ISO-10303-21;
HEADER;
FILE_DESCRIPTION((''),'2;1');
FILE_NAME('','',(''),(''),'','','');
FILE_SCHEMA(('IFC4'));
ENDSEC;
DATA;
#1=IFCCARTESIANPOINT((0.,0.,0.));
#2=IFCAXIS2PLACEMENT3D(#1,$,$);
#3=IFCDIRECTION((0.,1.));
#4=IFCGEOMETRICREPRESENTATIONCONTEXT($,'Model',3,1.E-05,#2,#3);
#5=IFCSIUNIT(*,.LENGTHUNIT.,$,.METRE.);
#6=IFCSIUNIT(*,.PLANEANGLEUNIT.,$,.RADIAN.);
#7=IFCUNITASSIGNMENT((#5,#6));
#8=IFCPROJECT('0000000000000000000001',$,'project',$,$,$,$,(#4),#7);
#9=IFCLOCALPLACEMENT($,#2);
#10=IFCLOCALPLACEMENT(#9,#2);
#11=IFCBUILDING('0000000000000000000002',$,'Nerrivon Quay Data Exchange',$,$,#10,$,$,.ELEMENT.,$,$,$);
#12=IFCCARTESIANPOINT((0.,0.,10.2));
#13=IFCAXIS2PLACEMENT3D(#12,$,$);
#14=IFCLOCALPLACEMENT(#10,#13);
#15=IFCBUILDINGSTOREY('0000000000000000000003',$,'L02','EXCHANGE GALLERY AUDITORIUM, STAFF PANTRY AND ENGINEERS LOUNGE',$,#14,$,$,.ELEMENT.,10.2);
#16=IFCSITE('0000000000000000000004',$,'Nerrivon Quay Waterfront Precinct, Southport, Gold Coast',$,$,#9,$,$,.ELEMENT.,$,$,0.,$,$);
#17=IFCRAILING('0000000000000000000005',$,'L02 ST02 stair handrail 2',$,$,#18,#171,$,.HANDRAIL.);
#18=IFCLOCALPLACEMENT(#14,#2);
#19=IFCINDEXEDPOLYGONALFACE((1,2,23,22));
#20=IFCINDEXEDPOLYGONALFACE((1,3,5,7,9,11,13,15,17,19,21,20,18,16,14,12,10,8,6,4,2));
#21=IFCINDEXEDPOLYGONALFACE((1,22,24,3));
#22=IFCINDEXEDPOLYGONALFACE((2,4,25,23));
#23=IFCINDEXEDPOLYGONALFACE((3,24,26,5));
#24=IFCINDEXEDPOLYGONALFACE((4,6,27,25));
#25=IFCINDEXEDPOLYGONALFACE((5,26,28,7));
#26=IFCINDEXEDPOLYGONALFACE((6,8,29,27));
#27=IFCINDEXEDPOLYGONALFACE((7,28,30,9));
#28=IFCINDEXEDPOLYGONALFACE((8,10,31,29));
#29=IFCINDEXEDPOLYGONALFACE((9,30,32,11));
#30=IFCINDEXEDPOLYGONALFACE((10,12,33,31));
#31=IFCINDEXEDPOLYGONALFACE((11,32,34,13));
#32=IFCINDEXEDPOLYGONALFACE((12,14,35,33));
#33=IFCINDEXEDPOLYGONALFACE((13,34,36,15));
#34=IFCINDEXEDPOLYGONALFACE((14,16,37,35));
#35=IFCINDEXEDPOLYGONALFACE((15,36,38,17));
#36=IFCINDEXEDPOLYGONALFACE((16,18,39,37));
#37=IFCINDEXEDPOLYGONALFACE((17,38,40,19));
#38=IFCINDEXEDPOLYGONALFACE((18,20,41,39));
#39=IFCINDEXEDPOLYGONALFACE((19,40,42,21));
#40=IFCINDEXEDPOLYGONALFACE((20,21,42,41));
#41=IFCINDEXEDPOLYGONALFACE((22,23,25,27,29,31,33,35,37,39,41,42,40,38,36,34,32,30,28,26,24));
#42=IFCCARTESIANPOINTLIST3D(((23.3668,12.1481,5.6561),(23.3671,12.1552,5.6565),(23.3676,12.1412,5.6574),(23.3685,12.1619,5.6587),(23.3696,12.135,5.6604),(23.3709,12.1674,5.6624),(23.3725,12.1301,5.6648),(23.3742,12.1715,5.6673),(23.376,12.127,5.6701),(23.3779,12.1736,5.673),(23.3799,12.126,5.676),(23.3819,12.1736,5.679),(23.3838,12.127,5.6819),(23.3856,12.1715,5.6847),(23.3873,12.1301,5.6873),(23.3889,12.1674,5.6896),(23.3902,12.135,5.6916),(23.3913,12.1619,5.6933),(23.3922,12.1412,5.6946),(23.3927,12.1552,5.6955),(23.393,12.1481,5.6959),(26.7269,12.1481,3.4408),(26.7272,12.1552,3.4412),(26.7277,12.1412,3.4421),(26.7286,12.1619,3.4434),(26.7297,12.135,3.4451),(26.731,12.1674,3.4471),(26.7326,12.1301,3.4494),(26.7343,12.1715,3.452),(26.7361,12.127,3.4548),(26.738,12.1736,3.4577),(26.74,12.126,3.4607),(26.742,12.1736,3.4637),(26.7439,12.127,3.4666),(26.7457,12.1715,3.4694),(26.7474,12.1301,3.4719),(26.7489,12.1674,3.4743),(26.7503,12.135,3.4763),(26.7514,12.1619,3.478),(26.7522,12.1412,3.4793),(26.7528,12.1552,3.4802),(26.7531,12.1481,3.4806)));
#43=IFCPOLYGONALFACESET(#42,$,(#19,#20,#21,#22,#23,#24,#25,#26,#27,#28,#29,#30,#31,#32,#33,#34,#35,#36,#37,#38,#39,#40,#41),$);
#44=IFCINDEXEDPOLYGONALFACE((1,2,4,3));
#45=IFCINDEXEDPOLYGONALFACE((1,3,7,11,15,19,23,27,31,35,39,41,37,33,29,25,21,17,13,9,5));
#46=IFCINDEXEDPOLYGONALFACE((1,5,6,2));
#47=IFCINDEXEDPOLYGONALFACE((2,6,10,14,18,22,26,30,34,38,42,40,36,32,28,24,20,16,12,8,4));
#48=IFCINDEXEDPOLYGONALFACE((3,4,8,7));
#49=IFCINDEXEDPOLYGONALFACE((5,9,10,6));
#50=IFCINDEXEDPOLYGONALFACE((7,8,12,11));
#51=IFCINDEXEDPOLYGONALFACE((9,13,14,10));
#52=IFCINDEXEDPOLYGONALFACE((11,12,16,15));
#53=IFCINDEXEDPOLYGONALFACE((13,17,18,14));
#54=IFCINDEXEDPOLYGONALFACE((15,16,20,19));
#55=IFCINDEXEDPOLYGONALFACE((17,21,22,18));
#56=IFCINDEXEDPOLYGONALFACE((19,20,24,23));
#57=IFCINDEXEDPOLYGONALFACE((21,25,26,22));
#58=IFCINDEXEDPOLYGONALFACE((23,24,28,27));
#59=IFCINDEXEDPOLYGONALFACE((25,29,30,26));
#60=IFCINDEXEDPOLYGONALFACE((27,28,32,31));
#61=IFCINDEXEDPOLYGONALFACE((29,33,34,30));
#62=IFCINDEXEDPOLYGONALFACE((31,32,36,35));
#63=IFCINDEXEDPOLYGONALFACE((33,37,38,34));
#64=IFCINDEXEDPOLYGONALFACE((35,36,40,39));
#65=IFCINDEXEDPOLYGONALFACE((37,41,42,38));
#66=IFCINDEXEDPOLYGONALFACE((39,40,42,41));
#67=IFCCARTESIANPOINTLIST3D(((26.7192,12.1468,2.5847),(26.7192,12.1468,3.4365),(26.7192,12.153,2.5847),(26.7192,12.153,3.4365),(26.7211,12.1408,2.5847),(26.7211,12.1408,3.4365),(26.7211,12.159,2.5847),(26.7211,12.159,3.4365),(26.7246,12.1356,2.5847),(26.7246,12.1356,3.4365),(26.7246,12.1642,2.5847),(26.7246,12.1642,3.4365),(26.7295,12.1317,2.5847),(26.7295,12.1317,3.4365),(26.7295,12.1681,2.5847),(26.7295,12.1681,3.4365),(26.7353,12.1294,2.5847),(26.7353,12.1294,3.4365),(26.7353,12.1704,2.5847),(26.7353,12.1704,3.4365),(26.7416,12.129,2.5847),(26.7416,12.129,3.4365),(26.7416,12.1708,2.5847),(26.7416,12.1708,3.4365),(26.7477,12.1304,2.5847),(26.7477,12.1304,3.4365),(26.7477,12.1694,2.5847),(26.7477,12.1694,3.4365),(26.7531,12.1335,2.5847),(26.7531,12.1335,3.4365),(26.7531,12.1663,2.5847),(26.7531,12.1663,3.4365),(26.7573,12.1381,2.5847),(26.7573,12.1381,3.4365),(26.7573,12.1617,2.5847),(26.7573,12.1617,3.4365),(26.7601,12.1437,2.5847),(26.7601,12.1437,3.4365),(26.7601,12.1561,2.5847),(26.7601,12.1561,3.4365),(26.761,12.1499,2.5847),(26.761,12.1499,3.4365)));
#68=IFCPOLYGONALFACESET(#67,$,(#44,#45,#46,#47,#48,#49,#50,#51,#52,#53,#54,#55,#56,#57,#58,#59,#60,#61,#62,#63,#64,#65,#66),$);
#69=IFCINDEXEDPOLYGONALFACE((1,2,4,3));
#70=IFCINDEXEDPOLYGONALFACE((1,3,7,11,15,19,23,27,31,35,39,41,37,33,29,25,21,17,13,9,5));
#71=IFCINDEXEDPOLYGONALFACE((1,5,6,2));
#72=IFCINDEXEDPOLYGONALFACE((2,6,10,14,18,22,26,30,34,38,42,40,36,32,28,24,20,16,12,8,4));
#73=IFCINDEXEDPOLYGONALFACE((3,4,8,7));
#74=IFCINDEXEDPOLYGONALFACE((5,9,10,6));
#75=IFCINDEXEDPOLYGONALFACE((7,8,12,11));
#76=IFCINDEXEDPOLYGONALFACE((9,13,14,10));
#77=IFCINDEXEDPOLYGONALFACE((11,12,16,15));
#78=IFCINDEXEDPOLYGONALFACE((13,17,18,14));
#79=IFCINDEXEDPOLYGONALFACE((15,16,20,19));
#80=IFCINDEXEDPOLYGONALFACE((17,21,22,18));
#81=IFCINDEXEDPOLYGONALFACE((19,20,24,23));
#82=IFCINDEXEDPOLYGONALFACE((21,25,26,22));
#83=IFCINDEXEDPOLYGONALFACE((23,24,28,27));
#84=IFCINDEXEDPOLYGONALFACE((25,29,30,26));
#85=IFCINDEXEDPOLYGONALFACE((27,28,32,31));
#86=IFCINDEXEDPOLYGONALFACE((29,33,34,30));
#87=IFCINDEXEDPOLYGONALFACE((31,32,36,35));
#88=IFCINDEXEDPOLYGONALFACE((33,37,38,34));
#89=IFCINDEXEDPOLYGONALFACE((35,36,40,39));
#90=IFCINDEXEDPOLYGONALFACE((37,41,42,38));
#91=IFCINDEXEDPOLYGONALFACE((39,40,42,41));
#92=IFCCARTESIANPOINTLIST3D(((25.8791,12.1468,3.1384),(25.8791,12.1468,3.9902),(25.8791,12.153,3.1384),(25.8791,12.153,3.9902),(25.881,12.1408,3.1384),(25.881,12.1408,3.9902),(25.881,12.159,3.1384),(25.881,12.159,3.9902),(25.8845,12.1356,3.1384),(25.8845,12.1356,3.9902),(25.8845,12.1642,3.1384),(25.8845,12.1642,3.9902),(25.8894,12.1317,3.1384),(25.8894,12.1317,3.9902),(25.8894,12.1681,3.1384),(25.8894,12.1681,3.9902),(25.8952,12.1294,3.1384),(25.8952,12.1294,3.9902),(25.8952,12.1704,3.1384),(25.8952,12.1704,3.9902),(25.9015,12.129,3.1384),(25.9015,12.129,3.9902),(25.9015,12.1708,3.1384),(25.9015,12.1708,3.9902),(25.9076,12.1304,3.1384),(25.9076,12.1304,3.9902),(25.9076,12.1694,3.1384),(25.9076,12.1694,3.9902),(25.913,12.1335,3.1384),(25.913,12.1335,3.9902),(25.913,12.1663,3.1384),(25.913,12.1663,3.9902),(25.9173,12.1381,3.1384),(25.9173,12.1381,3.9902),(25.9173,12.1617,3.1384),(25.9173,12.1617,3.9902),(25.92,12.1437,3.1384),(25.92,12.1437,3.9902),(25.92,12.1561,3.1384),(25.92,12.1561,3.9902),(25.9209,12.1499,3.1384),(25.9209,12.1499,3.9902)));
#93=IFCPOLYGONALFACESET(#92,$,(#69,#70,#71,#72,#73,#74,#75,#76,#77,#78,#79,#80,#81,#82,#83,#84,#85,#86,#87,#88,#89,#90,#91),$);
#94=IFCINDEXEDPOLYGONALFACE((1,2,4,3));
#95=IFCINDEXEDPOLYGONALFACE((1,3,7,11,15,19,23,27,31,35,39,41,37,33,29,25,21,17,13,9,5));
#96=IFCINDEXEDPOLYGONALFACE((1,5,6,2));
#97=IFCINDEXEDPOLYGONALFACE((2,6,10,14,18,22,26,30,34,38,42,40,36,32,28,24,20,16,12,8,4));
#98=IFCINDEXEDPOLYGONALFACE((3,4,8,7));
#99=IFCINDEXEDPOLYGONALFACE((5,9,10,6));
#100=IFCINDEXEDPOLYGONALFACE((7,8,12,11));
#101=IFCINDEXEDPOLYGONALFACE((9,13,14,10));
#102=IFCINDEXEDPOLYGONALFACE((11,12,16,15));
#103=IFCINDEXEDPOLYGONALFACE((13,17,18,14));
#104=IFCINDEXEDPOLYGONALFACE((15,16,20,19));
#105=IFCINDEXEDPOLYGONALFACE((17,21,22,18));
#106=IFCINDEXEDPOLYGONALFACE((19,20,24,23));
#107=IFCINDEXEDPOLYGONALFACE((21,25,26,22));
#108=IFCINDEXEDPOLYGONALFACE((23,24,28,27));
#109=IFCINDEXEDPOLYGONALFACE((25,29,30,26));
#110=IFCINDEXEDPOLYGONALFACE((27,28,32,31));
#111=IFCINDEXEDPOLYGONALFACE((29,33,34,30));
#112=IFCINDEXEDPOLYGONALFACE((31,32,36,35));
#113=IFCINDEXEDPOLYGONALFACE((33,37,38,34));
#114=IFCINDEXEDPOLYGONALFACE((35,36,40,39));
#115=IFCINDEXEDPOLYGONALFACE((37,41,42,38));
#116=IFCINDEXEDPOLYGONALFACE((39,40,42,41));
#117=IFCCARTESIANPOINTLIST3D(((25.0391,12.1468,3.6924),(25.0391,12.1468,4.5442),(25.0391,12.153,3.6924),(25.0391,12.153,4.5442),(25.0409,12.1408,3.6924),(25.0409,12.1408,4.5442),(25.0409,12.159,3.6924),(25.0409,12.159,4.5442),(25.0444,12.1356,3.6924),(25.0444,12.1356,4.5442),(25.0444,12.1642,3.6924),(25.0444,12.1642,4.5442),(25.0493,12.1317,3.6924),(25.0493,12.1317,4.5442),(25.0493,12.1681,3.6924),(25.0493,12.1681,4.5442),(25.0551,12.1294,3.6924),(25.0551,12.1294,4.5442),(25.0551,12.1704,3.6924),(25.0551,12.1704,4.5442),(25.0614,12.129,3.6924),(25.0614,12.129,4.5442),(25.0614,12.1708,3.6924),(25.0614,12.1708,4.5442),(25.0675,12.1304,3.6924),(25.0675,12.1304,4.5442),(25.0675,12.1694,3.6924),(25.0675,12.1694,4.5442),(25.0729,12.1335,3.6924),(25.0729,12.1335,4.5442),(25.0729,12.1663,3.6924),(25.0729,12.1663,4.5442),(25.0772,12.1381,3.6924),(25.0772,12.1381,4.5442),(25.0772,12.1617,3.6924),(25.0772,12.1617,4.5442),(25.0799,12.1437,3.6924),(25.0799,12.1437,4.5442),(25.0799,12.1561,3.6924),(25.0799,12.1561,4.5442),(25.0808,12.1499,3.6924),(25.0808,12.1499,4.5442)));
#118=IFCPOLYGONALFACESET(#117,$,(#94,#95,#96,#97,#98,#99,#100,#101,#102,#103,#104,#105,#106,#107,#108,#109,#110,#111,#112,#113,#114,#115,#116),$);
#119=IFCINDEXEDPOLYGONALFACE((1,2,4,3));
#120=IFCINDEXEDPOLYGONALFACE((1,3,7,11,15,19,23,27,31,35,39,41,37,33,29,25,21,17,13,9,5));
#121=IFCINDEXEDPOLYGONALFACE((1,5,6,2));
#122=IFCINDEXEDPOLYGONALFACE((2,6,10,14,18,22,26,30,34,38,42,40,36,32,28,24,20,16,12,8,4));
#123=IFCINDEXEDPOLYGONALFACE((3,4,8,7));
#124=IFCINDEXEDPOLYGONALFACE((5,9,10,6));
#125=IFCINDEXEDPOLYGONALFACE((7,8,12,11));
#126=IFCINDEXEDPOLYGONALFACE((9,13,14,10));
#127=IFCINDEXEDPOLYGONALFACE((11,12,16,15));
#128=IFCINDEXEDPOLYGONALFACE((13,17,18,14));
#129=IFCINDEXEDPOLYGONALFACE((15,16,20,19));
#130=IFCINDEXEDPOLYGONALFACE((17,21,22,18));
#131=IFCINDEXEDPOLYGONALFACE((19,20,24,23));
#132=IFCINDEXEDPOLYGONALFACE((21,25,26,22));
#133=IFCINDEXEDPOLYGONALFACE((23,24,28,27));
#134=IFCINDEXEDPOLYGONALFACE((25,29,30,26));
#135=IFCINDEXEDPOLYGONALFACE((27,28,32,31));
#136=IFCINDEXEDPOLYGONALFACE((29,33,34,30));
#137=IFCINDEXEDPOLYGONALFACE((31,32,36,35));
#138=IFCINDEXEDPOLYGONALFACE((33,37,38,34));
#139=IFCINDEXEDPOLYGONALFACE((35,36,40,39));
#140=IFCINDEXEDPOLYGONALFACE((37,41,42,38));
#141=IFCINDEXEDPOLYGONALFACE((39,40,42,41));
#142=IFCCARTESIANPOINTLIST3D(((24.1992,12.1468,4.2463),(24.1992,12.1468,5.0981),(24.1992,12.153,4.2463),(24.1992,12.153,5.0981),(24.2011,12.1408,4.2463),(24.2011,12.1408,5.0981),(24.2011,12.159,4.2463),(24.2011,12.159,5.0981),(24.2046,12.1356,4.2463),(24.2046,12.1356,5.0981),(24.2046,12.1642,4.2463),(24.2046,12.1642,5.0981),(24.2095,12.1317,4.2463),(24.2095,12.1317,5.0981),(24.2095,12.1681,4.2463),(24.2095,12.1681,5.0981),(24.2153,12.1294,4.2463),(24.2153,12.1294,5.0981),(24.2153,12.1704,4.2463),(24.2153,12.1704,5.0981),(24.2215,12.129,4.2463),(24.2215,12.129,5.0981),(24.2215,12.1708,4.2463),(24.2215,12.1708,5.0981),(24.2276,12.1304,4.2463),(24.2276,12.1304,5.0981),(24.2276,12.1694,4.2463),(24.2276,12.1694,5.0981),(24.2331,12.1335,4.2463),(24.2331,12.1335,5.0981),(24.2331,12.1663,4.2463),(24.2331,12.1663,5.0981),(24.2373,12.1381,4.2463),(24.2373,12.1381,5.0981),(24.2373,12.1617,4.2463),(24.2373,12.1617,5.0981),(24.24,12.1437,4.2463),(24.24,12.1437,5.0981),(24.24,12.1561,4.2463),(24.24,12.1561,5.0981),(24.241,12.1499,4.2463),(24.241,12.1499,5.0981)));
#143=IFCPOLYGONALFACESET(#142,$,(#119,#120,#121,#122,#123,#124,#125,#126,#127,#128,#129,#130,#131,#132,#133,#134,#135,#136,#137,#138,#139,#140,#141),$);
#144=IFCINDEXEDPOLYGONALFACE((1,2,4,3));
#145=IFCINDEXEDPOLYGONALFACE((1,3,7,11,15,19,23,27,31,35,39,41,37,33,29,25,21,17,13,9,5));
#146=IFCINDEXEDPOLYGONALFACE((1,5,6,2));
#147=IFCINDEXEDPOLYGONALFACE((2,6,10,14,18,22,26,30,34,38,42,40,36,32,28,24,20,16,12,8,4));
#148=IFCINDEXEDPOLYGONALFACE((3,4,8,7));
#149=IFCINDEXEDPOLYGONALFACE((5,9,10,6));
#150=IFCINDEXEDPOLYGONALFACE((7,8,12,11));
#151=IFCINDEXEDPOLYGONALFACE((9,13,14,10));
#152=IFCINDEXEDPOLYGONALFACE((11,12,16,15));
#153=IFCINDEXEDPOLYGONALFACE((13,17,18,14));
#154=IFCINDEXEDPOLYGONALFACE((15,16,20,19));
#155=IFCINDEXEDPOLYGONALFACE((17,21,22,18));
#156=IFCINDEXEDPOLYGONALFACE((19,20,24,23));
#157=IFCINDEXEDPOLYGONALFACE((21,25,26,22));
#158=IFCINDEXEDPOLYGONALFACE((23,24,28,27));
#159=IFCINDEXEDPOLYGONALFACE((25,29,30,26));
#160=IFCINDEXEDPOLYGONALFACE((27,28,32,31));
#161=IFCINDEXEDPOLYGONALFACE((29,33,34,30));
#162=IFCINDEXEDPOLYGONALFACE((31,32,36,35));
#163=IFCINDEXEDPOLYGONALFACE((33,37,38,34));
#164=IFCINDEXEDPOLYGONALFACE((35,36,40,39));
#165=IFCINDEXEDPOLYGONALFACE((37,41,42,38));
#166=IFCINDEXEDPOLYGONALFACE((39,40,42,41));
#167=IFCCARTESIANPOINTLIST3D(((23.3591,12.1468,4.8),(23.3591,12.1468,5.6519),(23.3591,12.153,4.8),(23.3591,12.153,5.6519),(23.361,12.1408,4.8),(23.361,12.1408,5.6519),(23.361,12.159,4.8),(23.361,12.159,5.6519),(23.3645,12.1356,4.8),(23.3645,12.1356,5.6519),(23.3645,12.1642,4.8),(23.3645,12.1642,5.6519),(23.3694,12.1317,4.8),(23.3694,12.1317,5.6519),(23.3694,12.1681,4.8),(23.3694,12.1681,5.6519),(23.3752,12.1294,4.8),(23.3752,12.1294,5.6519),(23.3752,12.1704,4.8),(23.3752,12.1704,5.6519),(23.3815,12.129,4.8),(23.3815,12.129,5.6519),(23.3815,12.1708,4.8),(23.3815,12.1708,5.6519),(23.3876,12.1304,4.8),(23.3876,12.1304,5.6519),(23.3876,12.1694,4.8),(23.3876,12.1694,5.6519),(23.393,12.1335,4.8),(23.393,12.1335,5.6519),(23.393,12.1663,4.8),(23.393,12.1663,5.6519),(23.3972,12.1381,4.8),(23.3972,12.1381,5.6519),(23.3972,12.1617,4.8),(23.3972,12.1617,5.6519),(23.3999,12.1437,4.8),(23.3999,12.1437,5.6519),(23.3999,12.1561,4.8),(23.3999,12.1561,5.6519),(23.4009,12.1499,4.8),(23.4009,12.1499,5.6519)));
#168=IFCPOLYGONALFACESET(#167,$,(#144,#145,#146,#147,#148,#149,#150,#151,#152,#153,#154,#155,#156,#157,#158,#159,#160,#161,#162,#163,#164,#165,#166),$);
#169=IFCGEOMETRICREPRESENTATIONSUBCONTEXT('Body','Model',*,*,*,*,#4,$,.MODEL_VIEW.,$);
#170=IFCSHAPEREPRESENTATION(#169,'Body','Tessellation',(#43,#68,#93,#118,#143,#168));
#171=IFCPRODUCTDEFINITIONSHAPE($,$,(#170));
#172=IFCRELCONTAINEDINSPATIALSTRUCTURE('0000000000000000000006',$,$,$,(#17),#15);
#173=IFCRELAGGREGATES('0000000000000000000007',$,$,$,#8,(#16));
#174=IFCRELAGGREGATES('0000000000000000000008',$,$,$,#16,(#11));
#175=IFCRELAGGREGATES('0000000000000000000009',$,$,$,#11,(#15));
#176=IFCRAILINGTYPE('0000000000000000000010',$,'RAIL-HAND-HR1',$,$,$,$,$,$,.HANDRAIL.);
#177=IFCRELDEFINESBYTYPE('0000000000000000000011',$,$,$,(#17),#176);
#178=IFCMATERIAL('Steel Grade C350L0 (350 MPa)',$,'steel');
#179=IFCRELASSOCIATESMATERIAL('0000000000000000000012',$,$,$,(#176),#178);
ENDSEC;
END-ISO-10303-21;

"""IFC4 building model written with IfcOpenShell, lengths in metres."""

from ifc_helpers import new_model, si_unit, direction, frame, origin, origin_2d, place, context, subcontext, project, spatial, circle, extrude, material, type_object, element, save


model = new_model("IFC4")

# Units and contexts
model_context = context("Model", 3, precision=1e-05, world=origin(), true_north=direction((0.0, 1.0)))
body_context = subcontext(model_context, "Body", "Model", "MODEL_VIEW")
ifc_project = project(units=[si_unit("LENGTHUNIT", "METRE"), si_unit("PLANEANGLEUNIT", "RADIAN")], contexts=[model_context])

# Site, building, storey
site_placement = place(None, origin())
site = spatial("IfcSite", under=ifc_project, at=site_placement, Name="Nerrivon Quay Waterfront Precinct, Southport, Gold Coast", CompositionType="ELEMENT", RefElevation=0.0)
building_placement = place(site_placement, origin())
building = spatial("IfcBuilding", under=site, at=building_placement, Name="Nerrivon Quay Data Exchange", CompositionType="ELEMENT")
storey_placement = place(building_placement, frame((0.0, 0.0, 10.2)))
storey = spatial("IfcBuildingStorey", under=building, at=storey_placement, Name="L02", Description="EXCHANGE GALLERY AUDITORIUM, STAFF PANTRY AND ENGINEERS LOUNGE", CompositionType="ELEMENT", Elevation=10.2)

# Railing
ifc_material_1 = material(Name="Steel Grade C350L0 (350 MPa)", Category="steel")
railing_type_1 = type_object("IfcRailingType", Name="RAIL-HAND-HR1", PredefinedType="HANDRAIL", material=ifc_material_1)
railing_1_placement = place(storey_placement, frame((26.74, 12.1499, 2.5847)))
element("IfcRailing", 1, at=railing_1_placement, inside=storey, type_object=railing_type_1, Name="L02 ST02 stair handrail 2", PredefinedType="HANDRAIL", context=body_context, shape_type="SweptSolid", body=[
    extrude(circle(Radius=0.0239, at=origin_2d()), frame((0.0, 0.0, 0.876), z_axis=(-0.834876, 0.0, 0.550437), x_axis=(0.0, -1.0, 0.0)), (0.0, 0.0, 1.0), 4.0247),
    extrude(circle(Radius=0.021, at=origin_2d()), origin(), (0.0, 0.0, 1.0), 0.8518),
    extrude(circle(Radius=0.021, at=origin_2d()), frame((-0.8401, 0.0, 0.5537)), (0.0, 0.0, 1.0), 0.8518),
    extrude(circle(Radius=0.021, at=origin_2d()), frame((-1.6802, 0.0, 1.1077)), (0.0, 0.0, 1.0), 0.8518),
    extrude(circle(Radius=0.021, at=origin_2d()), frame((-2.52, 0.0, 1.6616)), (0.0, 0.0, 1.0), 0.8518),
    extrude(circle(Radius=0.021, at=origin_2d()), frame((-3.3601, 0.0, 2.2153)), (0.0, 0.0, 1.0), 0.8518),
])

save(model, "model.ifc")
